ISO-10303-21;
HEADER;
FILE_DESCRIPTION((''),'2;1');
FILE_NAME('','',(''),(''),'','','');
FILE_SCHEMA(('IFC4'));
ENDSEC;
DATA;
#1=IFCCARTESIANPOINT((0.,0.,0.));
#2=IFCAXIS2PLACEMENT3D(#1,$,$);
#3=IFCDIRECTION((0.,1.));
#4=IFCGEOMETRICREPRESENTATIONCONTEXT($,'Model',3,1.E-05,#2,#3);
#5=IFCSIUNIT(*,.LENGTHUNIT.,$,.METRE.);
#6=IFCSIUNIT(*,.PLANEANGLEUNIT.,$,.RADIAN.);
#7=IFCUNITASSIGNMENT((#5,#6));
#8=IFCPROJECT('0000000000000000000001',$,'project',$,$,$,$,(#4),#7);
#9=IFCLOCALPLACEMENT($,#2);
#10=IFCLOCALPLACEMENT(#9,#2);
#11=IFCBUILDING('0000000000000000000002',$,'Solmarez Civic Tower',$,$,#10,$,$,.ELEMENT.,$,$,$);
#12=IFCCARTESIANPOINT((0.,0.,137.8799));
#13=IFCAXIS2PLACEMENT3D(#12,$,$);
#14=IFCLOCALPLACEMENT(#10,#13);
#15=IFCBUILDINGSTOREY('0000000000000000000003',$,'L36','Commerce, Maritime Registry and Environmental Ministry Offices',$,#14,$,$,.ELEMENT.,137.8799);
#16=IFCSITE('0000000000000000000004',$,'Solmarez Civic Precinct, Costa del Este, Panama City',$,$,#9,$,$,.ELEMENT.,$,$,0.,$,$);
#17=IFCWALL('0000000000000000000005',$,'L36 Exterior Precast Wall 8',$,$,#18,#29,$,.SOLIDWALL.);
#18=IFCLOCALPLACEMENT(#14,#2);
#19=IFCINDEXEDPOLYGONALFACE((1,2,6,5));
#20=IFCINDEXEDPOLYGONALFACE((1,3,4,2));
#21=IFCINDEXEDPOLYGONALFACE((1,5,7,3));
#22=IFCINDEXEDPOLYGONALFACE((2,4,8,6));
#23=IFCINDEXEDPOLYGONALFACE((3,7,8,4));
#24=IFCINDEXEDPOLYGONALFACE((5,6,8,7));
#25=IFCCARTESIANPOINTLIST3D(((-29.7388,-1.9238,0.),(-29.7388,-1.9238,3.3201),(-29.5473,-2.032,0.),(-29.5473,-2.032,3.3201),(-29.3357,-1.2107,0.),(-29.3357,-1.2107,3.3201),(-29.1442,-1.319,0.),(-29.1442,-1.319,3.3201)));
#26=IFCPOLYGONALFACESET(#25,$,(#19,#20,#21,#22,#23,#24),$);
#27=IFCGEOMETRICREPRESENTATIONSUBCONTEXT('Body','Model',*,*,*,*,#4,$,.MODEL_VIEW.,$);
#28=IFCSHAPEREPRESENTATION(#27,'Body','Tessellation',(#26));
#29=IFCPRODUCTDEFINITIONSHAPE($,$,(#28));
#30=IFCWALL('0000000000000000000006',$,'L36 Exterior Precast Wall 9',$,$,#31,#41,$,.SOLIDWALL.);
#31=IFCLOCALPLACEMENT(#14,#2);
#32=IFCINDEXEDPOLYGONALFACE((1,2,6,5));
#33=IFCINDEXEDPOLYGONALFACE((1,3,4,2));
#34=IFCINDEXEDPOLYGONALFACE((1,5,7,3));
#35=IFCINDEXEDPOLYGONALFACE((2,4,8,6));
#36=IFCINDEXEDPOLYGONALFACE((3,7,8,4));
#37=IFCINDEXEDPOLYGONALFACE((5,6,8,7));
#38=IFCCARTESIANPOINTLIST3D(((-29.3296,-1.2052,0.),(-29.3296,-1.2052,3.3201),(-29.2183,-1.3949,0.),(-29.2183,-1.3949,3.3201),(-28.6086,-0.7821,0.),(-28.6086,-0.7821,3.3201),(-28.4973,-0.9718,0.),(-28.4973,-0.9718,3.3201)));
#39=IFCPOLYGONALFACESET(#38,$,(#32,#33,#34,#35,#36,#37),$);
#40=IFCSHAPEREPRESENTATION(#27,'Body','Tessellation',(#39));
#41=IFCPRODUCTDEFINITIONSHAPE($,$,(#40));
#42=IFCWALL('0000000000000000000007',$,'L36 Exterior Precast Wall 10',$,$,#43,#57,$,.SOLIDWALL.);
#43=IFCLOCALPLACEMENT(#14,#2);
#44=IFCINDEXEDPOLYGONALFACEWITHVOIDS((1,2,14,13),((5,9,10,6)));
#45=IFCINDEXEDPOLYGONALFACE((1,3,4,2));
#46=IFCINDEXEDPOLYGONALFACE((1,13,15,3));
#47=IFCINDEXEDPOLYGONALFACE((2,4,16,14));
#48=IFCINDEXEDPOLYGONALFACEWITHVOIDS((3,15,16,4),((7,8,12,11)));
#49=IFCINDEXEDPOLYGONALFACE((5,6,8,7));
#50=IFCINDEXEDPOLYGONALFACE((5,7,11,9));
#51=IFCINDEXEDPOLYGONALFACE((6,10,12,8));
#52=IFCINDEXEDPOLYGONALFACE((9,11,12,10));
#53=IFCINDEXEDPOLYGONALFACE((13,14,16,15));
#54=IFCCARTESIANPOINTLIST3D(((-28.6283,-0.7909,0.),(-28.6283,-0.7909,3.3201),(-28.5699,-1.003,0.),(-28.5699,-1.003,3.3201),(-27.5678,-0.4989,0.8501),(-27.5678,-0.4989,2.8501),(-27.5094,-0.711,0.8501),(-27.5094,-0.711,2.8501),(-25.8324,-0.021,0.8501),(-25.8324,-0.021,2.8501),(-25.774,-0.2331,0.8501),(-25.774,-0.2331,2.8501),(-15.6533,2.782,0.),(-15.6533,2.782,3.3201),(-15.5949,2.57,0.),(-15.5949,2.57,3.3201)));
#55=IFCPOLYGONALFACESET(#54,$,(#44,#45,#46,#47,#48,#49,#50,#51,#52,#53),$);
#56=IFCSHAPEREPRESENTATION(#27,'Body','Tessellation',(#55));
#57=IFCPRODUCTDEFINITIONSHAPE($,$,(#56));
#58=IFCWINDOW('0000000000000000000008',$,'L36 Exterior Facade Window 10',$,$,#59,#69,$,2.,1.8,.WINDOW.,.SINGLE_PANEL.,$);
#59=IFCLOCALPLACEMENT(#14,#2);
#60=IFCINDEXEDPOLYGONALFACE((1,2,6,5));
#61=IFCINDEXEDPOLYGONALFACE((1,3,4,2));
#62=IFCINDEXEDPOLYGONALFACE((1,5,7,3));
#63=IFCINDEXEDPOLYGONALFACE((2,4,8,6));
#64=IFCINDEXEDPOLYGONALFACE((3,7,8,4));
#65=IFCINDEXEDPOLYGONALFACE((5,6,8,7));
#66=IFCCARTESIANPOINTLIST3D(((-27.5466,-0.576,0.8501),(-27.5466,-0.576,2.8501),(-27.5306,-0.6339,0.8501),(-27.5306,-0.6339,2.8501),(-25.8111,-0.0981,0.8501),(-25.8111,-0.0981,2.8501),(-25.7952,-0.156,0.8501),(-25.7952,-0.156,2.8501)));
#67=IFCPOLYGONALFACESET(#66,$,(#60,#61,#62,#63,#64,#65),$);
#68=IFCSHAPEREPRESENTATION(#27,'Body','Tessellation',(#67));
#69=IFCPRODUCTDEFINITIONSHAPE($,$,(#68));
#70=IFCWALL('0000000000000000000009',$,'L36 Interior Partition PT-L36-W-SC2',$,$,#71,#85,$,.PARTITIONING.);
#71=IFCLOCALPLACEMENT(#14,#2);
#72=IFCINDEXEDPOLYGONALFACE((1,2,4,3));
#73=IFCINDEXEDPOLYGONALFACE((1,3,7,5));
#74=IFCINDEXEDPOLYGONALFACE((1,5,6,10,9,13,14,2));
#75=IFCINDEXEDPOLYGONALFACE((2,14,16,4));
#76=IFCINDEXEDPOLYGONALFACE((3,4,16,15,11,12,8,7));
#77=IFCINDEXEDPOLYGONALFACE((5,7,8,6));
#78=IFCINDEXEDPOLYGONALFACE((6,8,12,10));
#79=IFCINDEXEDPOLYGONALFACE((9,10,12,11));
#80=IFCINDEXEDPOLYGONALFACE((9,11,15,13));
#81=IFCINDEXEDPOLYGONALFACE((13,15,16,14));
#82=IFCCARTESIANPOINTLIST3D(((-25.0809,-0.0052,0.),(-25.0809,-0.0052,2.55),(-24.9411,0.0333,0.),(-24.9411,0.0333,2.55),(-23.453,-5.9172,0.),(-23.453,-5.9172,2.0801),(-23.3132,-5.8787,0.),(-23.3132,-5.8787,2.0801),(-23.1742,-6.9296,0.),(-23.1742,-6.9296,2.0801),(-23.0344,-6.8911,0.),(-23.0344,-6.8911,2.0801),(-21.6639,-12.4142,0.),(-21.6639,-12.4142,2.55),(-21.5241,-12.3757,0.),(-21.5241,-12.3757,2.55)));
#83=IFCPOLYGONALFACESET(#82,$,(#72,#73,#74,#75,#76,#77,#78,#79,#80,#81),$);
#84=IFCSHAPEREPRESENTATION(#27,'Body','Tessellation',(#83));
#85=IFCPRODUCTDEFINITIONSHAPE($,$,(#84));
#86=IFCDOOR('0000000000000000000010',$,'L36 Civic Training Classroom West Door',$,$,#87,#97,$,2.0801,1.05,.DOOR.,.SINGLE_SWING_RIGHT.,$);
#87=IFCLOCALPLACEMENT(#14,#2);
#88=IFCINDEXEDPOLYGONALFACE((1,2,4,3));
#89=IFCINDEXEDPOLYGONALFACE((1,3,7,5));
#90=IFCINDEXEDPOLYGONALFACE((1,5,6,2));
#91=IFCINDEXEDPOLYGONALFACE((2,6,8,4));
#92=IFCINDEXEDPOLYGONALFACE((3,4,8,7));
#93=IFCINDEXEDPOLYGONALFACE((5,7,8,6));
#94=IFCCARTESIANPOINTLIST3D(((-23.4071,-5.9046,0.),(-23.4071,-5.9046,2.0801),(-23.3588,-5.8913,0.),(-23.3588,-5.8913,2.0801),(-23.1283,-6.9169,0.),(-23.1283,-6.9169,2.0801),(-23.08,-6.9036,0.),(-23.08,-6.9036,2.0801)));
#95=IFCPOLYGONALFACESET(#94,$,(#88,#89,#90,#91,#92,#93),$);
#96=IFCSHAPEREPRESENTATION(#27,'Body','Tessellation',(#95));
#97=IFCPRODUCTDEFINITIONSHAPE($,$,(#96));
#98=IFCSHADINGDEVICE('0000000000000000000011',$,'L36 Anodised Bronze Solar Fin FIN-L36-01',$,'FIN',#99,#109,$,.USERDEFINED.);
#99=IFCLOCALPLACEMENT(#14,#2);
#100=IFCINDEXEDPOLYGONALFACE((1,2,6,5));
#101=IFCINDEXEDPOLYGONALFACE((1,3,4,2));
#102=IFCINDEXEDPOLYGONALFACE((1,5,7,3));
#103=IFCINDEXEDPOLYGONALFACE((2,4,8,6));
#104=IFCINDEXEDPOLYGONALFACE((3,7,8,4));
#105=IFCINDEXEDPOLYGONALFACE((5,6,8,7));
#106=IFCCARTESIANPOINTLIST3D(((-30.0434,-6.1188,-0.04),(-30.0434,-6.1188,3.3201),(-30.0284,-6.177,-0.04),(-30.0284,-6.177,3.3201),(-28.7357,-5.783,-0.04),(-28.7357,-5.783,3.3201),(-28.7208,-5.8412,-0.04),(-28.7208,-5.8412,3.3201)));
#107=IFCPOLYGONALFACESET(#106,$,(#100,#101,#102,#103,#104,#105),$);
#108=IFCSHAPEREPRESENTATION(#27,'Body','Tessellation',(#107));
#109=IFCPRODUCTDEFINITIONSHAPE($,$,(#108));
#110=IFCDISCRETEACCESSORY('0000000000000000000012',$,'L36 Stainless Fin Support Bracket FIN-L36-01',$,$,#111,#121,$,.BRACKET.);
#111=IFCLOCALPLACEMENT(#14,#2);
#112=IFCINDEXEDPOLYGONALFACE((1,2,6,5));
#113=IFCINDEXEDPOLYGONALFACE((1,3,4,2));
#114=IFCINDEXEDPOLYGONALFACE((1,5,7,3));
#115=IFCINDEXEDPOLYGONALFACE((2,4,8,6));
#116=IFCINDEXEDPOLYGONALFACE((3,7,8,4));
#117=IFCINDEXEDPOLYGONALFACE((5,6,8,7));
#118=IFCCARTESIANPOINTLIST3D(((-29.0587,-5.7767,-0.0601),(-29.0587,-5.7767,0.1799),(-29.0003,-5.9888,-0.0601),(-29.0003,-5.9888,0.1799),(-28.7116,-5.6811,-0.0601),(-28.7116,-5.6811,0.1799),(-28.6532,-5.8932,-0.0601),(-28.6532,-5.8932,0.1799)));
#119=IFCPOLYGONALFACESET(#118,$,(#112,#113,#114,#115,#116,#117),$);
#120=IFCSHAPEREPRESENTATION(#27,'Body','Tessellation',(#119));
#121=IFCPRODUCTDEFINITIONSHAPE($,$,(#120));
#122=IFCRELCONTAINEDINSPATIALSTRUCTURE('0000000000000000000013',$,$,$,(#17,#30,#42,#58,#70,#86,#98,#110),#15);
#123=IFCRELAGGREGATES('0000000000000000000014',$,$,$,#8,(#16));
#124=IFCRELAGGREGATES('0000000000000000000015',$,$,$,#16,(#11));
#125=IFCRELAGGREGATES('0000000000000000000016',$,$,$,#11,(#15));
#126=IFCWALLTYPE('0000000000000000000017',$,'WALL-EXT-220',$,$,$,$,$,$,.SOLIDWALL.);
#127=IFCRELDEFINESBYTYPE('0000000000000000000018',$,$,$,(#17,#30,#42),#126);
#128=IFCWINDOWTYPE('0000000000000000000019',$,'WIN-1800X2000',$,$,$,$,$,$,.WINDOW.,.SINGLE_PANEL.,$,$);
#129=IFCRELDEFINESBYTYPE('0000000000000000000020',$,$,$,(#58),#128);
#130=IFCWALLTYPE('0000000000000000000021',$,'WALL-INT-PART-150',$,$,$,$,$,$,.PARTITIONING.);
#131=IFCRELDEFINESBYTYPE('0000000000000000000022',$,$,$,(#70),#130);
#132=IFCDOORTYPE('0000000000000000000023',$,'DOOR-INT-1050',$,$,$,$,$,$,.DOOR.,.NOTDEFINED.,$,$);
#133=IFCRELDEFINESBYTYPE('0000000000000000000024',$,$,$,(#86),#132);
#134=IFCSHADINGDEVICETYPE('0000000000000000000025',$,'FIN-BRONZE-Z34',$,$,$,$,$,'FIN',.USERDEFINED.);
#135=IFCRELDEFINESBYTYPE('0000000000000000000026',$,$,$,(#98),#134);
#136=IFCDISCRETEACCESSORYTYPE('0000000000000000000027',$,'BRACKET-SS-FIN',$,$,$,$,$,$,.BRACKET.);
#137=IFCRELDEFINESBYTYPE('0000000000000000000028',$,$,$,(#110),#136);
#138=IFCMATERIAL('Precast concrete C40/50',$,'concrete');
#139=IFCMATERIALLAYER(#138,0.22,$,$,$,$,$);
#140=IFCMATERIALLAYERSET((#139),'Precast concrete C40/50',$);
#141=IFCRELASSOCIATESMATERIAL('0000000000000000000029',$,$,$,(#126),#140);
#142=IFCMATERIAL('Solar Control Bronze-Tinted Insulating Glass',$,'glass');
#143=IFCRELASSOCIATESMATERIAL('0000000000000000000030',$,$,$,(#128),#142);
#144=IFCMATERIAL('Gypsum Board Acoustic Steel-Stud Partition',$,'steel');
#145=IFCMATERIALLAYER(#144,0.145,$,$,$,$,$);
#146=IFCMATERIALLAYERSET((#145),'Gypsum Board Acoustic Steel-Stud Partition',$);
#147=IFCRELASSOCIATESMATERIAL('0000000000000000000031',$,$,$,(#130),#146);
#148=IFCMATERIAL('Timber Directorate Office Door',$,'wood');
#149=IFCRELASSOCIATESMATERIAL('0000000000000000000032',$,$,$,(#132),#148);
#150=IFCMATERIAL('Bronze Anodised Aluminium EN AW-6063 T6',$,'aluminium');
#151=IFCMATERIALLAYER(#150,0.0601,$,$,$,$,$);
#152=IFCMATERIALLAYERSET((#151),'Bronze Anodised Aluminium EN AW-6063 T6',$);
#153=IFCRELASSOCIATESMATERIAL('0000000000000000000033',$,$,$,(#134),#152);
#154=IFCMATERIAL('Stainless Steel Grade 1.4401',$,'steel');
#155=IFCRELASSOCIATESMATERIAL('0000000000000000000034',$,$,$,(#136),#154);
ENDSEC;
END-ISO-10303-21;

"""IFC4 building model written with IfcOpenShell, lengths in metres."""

from ifc_helpers import new_model, si_unit, direction, frame, frame_2d, origin, origin_2d, place, context, subcontext, project, spatial, rectangle, extrude, material, layer, layer_set, type_object, element, fill, save


model = new_model("IFC4")

# Units and contexts
model_context = context("Model", 3, precision=1e-05, world=origin(), true_north=direction((0.0, 1.0)))
body_context = subcontext(model_context, "Body", "Model", "MODEL_VIEW")
ifc_project = project(units=[si_unit("LENGTHUNIT", "METRE"), si_unit("PLANEANGLEUNIT", "RADIAN")], contexts=[model_context])

# Site, building, storey
site_placement = place(None, origin())
site = spatial("IfcSite", under=ifc_project, at=site_placement, Name="Solmarez Civic Precinct, Costa del Este, Panama City", CompositionType="ELEMENT", RefElevation=0.0)
building_placement = place(site_placement, origin())
building = spatial("IfcBuilding", under=site, at=building_placement, Name="Solmarez Civic Tower", CompositionType="ELEMENT")
storey_placement = place(building_placement, frame((0.0, 0.0, 137.8799)))
storey = spatial("IfcBuildingStorey", under=building, at=storey_placement, Name="L36", Description="Commerce, Maritime Registry and Environmental Ministry Offices", CompositionType="ELEMENT", Elevation=137.8799)

# Shared definitions
ifc_material_1 = material(Name="Precast concrete C40/50", Category="concrete")
ifc_layer_1 = layer(ifc_material_1, 0.22)
ifc_layer_set_1 = layer_set([ifc_layer_1], Name="Precast concrete C40/50")
wall_type_1 = type_object("IfcWallType", Name="WALL-EXT-220", PredefinedType="SOLIDWALL", material=ifc_layer_set_1)

# Shared definitions
ifc_material_2 = material(Name="Solar Control Bronze-Tinted Insulating Glass", Category="glass")

# Walls
wall_1_placement = place(storey_placement, frame((-29.6431, -1.978, 0.0), z_axis=(0.0, 0.0, 1.0), x_axis=(0.492057, 0.870563, 0.0)))
element("IfcWall", 1, at=wall_1_placement, inside=storey, type_object=wall_type_1, Name="L36 Exterior Precast Wall 8", PredefinedType="SOLIDWALL", context=body_context, shape_type="SweptSolid", body=[
    extrude(rectangle(XDim=0.8191, YDim=0.22, at=frame_2d((0.4097, 0.0))), origin(), (0.0, 0.0, 1.0), 3.3201),
])
wall_2_placement = place(storey_placement, frame((-29.2739, -1.3, 0.0), z_axis=(0.0, 0.0, 1.0), x_axis=(0.862452, 0.506139, 0.0)))
element("IfcWall", 2, at=wall_2_placement, inside=storey, type_object=wall_type_1, Name="L36 Exterior Precast Wall 9", PredefinedType="SOLIDWALL", context=body_context, shape_type="SweptSolid", body=[
    extrude(rectangle(XDim=0.8359, YDim=0.22, at=frame_2d((0.418, 0.0))), origin(), (0.0, 0.0, 1.0), 3.3201),
])

# Wall, opening, window
wall_3_placement = place(storey_placement, frame((-28.5991, -0.897, 0.0), z_axis=(0.0, 0.0, 1.0), x_axis=(0.964113, 0.265491, 0.0)))
wall_3 = element("IfcWall", 3, at=wall_3_placement, inside=storey, type_object=wall_type_1, Name="L36 Exterior Precast Wall 10", PredefinedType="SOLIDWALL", context=body_context, shape_type="SweptSolid", body=[
    extrude(rectangle(XDim=13.458, YDim=0.22, at=frame_2d((6.729, 0.0))), origin(), (0.0, 0.0, 1.0), 3.3201),
])
opening_1_placement = place(wall_3_placement, frame((1.1001, 0.0, 0.8501)))
opening_1 = element("IfcOpeningElement", 4, at=opening_1_placement, cuts=wall_3, PredefinedType="OPENING", context=body_context, shape_type="SweptSolid", body=[
    extrude(rectangle(XDim=1.8, YDim=2.0, at=frame_2d((0.8999, 1.0))), frame((0.0, 0.1199, 0.0), z_axis=(0.0, -1.0, 0.0), x_axis=(1.0, 0.0, 0.0)), (0.0, 0.0, 1.0), 0.24),
])
window_type_1 = type_object("IfcWindowType", Name="WIN-1800X2000", PartitioningType="SINGLE_PANEL", PredefinedType="WINDOW", material=ifc_material_2)
window_1_placement = place(opening_1_placement, origin())
window_1 = element("IfcWindow", 5, at=window_1_placement, inside=storey, type_object=window_type_1, Name="L36 Exterior Facade Window 10", OverallHeight=2.0, OverallWidth=1.8, PartitioningType="SINGLE_PANEL", PredefinedType="WINDOW", context=body_context, shape_type="SweptSolid", body=[
    extrude(rectangle(XDim=1.8, YDim=2.0, at=frame_2d((0.8999, 1.0))), frame((0.0, 0.03, 0.0), z_axis=(0.0, -1.0, 0.0), x_axis=(1.0, 0.0, 0.0)), (0.0, 0.0, 1.0), 0.0601),
])
fill(opening_1, window_1)

# Wall, opening, door
ifc_material_3 = material(Name="Gypsum Board Acoustic Steel-Stud Partition", Category="steel")
ifc_layer_2 = layer(ifc_material_3, 0.145)
ifc_layer_set_2 = layer_set([ifc_layer_2], Name="Gypsum Board Acoustic Steel-Stud Partition")
wall_type_2 = type_object("IfcWallType", Name="WALL-INT-PART-150", PredefinedType="PARTITIONING", material=ifc_layer_set_2)
wall_4_placement = place(storey_placement, frame((-21.594, -12.395, 0.0), z_axis=(0.0, 0.0, 1.0), x_axis=(-0.265484, 0.964115, 0.0)))
wall_4 = element("IfcWall", 6, at=wall_4_placement, inside=storey, type_object=wall_type_2, Name="L36 Interior Partition PT-L36-W-SC2", PredefinedType="PARTITIONING", context=body_context, shape_type="SweptSolid", body=[
    extrude(rectangle(XDim=12.8708, YDim=0.145, at=frame_2d((6.4355, 0.0))), origin(), (0.0, 0.0, 1.0), 2.55),
])
opening_2_placement = place(wall_4_placement, frame((5.689, 0.0, 0.0)))
opening_2 = element("IfcOpeningElement", 7, at=opening_2_placement, cuts=wall_4, PredefinedType="OPENING", context=body_context, shape_type="SweptSolid", body=[
    extrude(rectangle(XDim=1.05, YDim=2.0801, at=frame_2d((0.5249, 1.04))), frame((0.0, 0.0825, 0.0), z_axis=(0.0, -1.0, 0.0), x_axis=(1.0, 0.0, 0.0)), (0.0, 0.0, 1.0), 0.165),
])
ifc_material_4 = material(Name="Timber Directorate Office Door", Category="wood")
door_type = type_object("IfcDoorType", Name="DOOR-INT-1050", OperationType="NOTDEFINED", PredefinedType="DOOR", material=ifc_material_4)
door_placement = place(opening_2_placement, origin())
door = element("IfcDoor", 8, at=door_placement, inside=storey, type_object=door_type, Name="L36 Civic Training Classroom West Door", OperationType="SINGLE_SWING_RIGHT", OverallHeight=2.0801, OverallWidth=1.05, PredefinedType="DOOR", context=body_context, shape_type="SweptSolid", body=[
    extrude(rectangle(XDim=1.05, YDim=2.0801, at=frame_2d((0.5249, 1.04))), frame((0.0, 0.0249, 0.0), z_axis=(0.0, -1.0, 0.0), x_axis=(1.0, 0.0, 0.0)), (0.0, 0.0, 1.0), 0.05),
])
fill(opening_2, door)

# Shading device
ifc_material_5 = material(Name="Bronze Anodised Aluminium EN AW-6063 T6", Category="aluminium")
ifc_layer_3 = layer(ifc_material_5, 0.0601)
ifc_layer_set_3 = layer_set([ifc_layer_3], Name="Bronze Anodised Aluminium EN AW-6063 T6")
shading_device_type = type_object("IfcShadingDeviceType", Name="FIN-BRONZE-Z34", ElementType="FIN", PredefinedType="USERDEFINED", material=ifc_layer_set_3)
shading_device_placement = place(storey_placement, frame((-29.3821, -5.98, -0.04), z_axis=(0.0, 0.0, 1.0), x_axis=(-0.96857, -0.248741, 0.0)))
element("IfcShadingDevice", 9, at=shading_device_placement, inside=storey, type_object=shading_device_type, Name="L36 Anodised Bronze Solar Fin FIN-L36-01", ObjectType="FIN", PredefinedType="USERDEFINED", context=body_context, shape_type="SweptSolid", body=[
    extrude(rectangle(XDim=1.3501, YDim=0.0601, at=origin_2d()), origin(), (0.0, 0.0, 1.0), 3.3601),
])

# Discrete accessory
ifc_material_6 = material(Name="Stainless Steel Grade 1.4401", Category="steel")
discrete_accessory_type = type_object("IfcDiscreteAccessoryType", Name="BRACKET-SS-FIN", PredefinedType="BRACKET", material=ifc_material_6)
discrete_accessory_placement = place(storey_placement, frame((-28.856, -5.835, -0.0601), z_axis=(0.0, 0.0, 1.0), x_axis=(-0.964111, -0.2655, 0.0)))
element("IfcDiscreteAccessory", 10, at=discrete_accessory_placement, inside=storey, type_object=discrete_accessory_type, Name="L36 Stainless Fin Support Bracket FIN-L36-01", PredefinedType="BRACKET", context=body_context, shape_type="SweptSolid", body=[
    extrude(rectangle(XDim=0.3601, YDim=0.22, at=origin_2d()), origin(), (0.0, 0.0, 1.0), 0.24),
])

save(model, "model.ifc")
